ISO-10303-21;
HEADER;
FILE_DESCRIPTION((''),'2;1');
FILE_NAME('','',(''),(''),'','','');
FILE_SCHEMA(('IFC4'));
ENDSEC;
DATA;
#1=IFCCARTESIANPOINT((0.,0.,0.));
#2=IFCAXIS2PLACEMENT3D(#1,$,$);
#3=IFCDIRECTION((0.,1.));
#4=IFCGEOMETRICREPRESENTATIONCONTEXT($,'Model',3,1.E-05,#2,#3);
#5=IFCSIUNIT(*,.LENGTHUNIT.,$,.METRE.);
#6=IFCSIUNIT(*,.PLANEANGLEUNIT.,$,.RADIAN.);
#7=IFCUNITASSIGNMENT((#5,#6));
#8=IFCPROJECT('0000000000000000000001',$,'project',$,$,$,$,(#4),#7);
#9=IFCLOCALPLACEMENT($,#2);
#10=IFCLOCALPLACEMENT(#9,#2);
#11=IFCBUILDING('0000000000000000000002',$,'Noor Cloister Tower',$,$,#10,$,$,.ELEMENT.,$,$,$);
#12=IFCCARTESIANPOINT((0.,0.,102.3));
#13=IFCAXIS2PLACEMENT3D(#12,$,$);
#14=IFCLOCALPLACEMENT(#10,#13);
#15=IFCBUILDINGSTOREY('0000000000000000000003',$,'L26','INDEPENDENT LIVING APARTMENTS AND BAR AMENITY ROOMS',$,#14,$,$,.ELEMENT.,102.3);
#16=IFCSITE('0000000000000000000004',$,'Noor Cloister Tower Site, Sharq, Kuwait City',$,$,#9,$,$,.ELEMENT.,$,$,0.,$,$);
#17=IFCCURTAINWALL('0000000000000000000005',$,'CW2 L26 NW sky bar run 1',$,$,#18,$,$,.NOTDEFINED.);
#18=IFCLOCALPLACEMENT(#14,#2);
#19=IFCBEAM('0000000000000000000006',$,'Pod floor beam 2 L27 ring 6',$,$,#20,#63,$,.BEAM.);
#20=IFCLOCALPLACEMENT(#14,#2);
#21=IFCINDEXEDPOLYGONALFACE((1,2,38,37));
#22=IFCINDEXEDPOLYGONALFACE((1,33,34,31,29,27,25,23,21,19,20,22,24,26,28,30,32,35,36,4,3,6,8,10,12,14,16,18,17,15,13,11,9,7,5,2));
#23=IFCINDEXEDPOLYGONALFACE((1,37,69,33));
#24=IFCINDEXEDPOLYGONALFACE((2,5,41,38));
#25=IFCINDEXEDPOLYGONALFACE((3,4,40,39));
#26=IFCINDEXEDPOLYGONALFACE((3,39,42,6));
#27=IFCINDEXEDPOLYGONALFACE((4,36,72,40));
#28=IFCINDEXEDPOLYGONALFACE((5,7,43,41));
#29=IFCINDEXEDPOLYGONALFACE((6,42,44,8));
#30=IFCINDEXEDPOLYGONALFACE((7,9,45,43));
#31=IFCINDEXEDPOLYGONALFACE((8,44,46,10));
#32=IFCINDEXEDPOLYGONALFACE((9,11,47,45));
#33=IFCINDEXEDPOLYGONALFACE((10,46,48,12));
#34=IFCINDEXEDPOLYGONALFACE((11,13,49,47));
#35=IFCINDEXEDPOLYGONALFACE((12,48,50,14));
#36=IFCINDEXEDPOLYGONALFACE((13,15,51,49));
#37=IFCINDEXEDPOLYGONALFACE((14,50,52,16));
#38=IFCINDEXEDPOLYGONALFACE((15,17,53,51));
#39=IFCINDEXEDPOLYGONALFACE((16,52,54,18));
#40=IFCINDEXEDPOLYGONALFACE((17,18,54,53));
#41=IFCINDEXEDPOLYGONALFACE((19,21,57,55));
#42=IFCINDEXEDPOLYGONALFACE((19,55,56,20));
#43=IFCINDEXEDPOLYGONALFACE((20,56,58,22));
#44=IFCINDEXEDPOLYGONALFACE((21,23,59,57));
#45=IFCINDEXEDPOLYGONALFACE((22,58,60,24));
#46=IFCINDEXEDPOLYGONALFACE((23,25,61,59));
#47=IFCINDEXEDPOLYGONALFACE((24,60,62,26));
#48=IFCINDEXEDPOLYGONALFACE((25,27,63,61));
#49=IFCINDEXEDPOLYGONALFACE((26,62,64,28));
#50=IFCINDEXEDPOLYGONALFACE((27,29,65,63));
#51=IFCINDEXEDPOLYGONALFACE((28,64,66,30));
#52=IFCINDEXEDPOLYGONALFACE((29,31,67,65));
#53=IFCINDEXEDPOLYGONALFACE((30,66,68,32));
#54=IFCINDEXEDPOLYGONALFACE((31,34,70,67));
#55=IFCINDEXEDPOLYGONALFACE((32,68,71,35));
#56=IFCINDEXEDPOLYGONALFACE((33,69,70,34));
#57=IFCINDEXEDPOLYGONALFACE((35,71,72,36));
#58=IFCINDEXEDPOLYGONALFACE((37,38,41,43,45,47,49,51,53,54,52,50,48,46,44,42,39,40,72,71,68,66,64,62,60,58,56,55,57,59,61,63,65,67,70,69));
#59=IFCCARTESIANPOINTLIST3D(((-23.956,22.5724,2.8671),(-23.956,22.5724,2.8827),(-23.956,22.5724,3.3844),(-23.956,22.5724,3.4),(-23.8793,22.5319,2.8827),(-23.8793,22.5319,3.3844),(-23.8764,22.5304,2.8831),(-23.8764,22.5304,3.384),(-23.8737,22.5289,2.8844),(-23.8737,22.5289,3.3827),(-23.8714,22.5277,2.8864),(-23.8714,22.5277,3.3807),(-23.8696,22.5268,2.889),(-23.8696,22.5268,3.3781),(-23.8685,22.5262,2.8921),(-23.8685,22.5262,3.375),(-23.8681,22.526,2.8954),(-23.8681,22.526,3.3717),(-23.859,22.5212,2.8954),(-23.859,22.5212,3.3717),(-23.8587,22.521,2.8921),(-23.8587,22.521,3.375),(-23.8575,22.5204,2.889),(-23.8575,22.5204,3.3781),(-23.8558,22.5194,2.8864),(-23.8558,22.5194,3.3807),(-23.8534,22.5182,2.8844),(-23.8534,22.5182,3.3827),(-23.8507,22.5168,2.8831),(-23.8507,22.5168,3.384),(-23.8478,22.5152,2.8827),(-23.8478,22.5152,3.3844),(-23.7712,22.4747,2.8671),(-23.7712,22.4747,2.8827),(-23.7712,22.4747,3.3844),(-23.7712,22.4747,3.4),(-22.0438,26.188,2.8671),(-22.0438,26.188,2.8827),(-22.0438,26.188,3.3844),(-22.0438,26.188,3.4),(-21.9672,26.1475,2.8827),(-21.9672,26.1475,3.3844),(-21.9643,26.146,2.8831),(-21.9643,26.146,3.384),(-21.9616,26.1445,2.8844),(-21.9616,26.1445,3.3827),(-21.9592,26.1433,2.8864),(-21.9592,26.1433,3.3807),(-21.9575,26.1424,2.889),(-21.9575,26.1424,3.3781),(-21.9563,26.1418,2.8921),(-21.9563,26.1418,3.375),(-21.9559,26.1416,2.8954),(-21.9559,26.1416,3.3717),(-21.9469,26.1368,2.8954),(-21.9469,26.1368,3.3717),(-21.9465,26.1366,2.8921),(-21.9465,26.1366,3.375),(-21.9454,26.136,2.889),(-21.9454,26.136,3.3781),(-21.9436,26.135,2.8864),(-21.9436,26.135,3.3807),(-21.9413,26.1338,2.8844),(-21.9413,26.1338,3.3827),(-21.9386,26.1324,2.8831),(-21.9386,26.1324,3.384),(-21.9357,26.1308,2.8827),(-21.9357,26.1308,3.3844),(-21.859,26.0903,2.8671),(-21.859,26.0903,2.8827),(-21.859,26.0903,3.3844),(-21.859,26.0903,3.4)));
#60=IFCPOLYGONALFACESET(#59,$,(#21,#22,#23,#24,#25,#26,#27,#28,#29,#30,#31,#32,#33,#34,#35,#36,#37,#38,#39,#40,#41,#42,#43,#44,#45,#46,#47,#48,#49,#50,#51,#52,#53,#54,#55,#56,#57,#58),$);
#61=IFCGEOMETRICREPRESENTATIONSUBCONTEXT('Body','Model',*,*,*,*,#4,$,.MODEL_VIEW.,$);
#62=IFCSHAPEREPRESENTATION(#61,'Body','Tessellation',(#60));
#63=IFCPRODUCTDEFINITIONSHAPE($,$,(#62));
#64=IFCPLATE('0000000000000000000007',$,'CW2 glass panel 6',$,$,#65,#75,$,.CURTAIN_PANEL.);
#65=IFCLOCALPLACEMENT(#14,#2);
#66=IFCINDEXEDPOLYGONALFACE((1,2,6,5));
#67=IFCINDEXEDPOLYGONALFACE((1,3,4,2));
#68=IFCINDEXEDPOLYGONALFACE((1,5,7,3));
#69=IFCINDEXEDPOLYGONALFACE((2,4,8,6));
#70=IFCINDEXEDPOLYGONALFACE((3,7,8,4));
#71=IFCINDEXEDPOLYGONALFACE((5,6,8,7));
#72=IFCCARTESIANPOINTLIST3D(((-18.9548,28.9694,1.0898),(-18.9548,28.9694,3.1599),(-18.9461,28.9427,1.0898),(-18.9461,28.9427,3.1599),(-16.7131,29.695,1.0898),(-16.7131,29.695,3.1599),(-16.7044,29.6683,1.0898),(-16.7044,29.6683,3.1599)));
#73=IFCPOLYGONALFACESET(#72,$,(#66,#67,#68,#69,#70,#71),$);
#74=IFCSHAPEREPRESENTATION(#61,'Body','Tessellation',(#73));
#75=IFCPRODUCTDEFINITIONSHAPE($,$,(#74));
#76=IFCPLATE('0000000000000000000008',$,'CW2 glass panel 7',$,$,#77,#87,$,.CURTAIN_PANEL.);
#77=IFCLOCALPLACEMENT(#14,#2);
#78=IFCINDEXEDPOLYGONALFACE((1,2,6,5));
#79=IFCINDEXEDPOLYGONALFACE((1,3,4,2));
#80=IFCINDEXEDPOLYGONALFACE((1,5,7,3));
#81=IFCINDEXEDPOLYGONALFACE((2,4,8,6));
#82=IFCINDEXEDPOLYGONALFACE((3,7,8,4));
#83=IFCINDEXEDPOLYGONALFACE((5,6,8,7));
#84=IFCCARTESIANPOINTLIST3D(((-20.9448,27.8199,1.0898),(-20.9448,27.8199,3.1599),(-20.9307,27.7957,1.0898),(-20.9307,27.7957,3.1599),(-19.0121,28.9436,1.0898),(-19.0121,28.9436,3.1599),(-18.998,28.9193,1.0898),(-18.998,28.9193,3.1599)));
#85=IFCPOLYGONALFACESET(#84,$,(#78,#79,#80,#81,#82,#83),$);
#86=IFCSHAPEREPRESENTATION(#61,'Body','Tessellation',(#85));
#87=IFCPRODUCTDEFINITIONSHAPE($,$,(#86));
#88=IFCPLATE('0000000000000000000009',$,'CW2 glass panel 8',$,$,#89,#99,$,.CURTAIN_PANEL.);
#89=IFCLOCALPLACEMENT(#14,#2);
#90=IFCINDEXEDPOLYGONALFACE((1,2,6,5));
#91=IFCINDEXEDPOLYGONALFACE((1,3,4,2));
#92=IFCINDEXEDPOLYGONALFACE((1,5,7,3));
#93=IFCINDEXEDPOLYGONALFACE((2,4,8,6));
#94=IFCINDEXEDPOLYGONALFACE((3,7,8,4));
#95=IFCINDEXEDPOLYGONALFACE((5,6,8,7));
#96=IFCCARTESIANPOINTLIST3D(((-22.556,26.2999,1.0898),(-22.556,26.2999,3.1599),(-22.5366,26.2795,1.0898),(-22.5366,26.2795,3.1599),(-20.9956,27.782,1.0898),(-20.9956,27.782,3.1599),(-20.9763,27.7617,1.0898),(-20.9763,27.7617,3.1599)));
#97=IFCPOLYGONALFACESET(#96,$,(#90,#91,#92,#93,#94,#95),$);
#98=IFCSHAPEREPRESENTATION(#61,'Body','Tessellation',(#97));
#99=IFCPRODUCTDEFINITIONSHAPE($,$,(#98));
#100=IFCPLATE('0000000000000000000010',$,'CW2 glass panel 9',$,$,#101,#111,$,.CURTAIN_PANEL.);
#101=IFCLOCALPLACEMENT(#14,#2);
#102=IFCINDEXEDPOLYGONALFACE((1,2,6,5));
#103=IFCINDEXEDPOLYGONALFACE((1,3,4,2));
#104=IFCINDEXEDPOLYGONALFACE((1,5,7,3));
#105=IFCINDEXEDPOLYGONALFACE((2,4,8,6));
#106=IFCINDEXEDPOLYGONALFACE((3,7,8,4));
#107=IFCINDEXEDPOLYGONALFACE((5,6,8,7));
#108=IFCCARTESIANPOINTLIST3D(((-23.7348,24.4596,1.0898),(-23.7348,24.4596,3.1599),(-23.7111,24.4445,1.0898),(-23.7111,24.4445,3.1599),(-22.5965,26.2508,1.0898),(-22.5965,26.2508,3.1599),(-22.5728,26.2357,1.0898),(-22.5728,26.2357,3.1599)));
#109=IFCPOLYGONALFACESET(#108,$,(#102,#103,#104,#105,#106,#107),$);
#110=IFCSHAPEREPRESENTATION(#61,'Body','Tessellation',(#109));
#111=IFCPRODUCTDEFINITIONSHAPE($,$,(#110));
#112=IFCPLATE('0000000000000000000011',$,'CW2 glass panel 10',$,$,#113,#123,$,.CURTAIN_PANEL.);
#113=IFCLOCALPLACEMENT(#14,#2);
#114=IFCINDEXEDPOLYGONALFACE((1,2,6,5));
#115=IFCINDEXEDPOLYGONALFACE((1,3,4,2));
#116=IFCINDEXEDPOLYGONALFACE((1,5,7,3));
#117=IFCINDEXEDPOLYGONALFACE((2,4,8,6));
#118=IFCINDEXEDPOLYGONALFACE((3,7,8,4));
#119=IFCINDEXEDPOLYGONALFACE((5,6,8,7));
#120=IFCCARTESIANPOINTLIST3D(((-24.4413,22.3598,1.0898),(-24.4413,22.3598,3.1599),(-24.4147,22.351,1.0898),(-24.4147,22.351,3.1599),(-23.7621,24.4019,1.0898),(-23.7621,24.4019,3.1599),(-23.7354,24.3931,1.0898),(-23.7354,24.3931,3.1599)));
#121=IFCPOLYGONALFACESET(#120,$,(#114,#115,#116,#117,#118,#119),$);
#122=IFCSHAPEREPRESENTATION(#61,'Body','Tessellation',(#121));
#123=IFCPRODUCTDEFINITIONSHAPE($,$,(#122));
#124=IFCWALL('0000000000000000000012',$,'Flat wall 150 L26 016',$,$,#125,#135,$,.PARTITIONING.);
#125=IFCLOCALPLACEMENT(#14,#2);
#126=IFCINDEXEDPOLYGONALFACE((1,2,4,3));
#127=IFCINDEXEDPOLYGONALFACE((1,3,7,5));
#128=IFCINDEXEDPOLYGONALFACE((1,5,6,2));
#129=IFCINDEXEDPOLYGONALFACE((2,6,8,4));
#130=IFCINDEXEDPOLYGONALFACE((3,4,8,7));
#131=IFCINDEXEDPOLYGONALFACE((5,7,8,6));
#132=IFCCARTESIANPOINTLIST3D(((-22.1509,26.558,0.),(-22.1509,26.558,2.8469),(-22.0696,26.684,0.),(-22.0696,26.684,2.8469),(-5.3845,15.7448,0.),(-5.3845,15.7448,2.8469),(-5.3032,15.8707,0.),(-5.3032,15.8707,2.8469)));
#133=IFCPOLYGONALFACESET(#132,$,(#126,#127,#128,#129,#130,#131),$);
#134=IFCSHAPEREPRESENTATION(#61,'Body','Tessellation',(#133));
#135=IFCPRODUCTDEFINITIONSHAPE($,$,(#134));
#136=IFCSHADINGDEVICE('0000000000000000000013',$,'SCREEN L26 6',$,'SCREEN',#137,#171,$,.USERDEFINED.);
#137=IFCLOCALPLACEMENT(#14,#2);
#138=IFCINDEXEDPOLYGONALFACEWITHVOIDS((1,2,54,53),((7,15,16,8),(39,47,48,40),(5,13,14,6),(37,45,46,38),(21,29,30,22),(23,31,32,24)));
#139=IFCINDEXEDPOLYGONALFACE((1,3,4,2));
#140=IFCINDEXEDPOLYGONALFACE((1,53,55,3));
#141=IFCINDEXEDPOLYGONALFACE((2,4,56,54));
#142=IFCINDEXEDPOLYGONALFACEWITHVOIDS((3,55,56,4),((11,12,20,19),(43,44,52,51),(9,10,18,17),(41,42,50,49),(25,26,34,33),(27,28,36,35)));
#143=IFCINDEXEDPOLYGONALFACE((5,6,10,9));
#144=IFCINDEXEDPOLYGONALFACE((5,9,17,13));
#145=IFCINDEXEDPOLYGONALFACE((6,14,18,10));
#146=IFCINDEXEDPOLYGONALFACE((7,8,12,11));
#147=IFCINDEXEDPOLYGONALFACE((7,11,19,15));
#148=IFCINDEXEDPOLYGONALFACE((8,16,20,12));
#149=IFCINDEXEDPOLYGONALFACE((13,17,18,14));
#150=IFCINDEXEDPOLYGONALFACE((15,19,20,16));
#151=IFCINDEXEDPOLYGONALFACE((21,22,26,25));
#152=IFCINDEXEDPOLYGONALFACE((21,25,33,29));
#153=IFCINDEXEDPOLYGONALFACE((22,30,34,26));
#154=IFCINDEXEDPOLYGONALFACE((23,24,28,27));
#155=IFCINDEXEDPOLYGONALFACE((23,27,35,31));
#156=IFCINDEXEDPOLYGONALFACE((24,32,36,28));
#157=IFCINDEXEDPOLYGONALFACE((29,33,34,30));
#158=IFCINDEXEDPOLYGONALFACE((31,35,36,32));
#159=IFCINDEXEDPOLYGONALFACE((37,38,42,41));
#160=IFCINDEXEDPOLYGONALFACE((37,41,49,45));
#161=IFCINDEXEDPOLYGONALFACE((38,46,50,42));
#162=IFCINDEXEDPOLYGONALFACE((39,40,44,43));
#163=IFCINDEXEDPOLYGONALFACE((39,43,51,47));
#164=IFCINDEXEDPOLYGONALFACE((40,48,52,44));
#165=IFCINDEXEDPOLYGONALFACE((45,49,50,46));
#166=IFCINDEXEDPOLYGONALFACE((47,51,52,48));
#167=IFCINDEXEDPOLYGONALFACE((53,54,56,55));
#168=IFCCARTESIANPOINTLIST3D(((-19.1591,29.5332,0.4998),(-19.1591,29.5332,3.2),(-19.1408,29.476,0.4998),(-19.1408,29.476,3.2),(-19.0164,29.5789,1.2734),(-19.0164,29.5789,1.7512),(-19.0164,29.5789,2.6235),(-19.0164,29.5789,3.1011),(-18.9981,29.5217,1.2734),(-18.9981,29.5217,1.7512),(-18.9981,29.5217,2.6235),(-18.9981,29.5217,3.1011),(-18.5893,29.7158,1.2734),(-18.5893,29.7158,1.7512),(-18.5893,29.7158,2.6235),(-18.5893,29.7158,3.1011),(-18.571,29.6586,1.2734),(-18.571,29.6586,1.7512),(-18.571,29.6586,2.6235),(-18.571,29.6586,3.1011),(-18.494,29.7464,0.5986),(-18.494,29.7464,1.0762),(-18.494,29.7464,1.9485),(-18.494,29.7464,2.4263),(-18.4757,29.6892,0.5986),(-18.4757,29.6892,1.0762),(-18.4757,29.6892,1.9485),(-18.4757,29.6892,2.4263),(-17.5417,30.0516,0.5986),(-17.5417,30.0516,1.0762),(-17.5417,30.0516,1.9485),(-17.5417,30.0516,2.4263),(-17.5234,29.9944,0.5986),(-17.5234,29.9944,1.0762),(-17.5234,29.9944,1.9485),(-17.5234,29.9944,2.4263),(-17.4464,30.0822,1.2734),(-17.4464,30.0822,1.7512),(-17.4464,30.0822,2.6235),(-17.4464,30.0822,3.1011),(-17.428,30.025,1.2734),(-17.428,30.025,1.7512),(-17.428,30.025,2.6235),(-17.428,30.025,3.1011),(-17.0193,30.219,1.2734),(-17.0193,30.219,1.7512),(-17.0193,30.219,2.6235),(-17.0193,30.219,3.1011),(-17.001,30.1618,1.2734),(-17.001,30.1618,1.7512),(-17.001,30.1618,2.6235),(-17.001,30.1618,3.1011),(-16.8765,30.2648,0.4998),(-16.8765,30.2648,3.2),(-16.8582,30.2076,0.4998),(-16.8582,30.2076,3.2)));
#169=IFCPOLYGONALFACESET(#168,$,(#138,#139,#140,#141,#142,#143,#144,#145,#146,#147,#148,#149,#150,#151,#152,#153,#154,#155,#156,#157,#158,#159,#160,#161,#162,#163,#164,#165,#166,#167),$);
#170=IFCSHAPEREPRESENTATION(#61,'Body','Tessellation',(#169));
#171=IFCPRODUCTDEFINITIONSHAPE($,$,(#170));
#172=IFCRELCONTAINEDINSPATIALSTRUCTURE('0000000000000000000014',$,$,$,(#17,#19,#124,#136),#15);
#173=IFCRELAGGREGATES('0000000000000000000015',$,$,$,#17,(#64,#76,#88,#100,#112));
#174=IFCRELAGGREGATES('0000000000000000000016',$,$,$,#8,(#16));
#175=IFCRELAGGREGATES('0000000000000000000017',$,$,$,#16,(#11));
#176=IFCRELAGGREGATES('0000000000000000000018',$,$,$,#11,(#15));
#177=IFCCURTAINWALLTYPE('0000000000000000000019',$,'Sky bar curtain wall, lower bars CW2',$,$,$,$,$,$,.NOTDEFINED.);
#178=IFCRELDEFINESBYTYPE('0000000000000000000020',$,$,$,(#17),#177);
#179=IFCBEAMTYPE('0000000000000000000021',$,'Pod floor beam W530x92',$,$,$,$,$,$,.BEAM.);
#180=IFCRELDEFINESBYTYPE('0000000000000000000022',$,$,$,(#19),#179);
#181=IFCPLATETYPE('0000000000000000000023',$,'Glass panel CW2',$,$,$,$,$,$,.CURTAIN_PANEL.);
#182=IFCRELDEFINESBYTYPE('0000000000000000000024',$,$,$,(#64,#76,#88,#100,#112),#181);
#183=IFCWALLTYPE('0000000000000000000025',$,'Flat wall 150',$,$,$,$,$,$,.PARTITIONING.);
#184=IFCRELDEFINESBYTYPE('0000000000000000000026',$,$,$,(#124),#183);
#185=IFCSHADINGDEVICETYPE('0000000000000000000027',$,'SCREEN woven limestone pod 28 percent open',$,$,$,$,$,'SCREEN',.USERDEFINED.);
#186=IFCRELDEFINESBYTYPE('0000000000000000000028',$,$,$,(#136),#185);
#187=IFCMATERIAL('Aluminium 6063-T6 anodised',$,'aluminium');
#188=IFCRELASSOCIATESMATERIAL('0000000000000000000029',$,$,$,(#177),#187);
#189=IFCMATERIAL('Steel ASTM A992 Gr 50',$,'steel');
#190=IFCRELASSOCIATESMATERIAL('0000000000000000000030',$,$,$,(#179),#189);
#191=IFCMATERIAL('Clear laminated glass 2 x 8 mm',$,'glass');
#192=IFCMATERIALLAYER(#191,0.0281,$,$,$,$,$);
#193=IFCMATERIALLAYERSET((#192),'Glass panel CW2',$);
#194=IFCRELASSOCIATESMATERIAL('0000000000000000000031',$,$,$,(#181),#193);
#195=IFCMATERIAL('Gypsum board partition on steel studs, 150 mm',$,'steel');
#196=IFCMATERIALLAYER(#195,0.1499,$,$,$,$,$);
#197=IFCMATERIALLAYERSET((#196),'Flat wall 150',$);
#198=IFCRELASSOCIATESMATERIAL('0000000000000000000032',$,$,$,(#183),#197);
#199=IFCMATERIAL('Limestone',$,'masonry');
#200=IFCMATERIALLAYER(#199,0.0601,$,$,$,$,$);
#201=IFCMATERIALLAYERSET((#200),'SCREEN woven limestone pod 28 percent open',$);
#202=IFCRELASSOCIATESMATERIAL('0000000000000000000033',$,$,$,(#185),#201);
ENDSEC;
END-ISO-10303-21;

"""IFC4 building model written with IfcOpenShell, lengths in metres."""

from ifc_helpers import new_model, si_unit, direction, frame, frame_2d, origin, origin_2d, place, context, subcontext, project, spatial, polyline, rectangle, i_section, outline, extrude, material, layer, layer_set, material_profile, profile_set, type_object, element, aggregate, save


model = new_model("IFC4")

# Units and contexts
model_context = context("Model", 3, precision=1e-05, world=origin(), true_north=direction((0.0, 1.0)))
body_context = subcontext(model_context, "Body", "Model", "MODEL_VIEW")
ifc_project = project(units=[si_unit("LENGTHUNIT", "METRE"), si_unit("PLANEANGLEUNIT", "RADIAN")], contexts=[model_context])

# Site, building, storey
site_placement = place(None, origin())
site = spatial("IfcSite", under=ifc_project, at=site_placement, Name="Noor Cloister Tower Site, Sharq, Kuwait City", CompositionType="ELEMENT", RefElevation=0.0)
building_placement = place(site_placement, origin())
building = spatial("IfcBuilding", under=site, at=building_placement, Name="Noor Cloister Tower", CompositionType="ELEMENT")
storey_placement = place(building_placement, frame((0.0, 0.0, 102.3)))
storey = spatial("IfcBuildingStorey", under=building, at=storey_placement, Name="L26", Description="INDEPENDENT LIVING APARTMENTS AND BAR AMENITY ROOMS", CompositionType="ELEMENT", Elevation=102.3)

# Curtain wall
ifc_material_1 = material(Name="Aluminium 6063-T6 anodised", Category="aluminium")
curtain_wall_type = type_object("IfcCurtainWallType", Name="Sky bar curtain wall, lower bars CW2", PredefinedType="NOTDEFINED", material=ifc_material_1)
curtain_wall_placement = place(storey_placement, origin())
curtain_wall = element("IfcCurtainWall", 1, at=curtain_wall_placement, inside=storey, type_object=curtain_wall_type, Name="CW2 L26 NW sky bar run 1", PredefinedType="NOTDEFINED")

# Beam
ifc_material_2 = material(Name="Steel ASTM A992 Gr 50", Category="steel")
ifc_material_profile_1 = material_profile(ifc_material_2, i_section(OverallWidth=0.209, OverallDepth=0.533, WebThickness=0.0103, FlangeThickness=0.0156, FilletRadius=0.0127, at=origin_2d()), Name="W530x92")
ifc_profile_set_1 = profile_set([ifc_material_profile_1], Name="Steel ASTM A992 Gr 50")
beam_type = type_object("IfcBeamType", Name="Pod floor beam W530x92", PredefinedType="BEAM", material=ifc_profile_set_1)
beam_1_placement = place(storey_placement, frame((-21.9514, 26.1392, 3.1335), z_axis=(-0.467512, -0.883987, 0.0), x_axis=(0.883987, -0.467512, 0.0)))
element("IfcBeam", 2, at=beam_1_placement, inside=storey, type_object=beam_type, Name="Pod floor beam 2 L27 ring 6", PredefinedType="BEAM", context=body_context, shape_type="SweptSolid", body=[
    extrude(i_section(OverallWidth=0.209, OverallDepth=0.533, WebThickness=0.0103, FlangeThickness=0.0156, FilletRadius=0.0127, at=origin_2d()), origin(), (0.0, 0.0, 1.0), 4.0901),
])

# Plates
ifc_material_3 = material(Name="Clear laminated glass 2 x 8 mm", Category="glass")
ifc_layer_1 = layer(ifc_material_3, 0.0281)
ifc_layer_set_1 = layer_set([ifc_layer_1], Name="Glass panel CW2")
plate_type = type_object("IfcPlateType", Name="Glass panel CW2", PredefinedType="CURTAIN_PANEL", material=ifc_layer_set_1)
plate_1_placement = place(storey_placement, frame((-17.8296, 29.3188, 1.0898), z_axis=(0.0, 0.0, 1.0), x_axis=(-0.951406, -0.307939, 0.0)))
plate_1 = element("IfcPlate", 3, at=plate_1_placement, type_object=plate_type, Name="CW2 glass panel 6", PredefinedType="CURTAIN_PANEL", context=body_context, shape_type="SweptSolid", body=[
    extrude(rectangle(XDim=2.3562, YDim=0.0281, at=origin_2d()), origin(), (0.0, 0.0, 1.0), 2.0701),
])
plate_2_placement = place(storey_placement, frame((-19.9714, 28.3696, 1.0898), z_axis=(0.0, 0.0, 1.0), x_axis=(-0.864505, -0.502624, 0.0)))
plate_2 = element("IfcPlate", 4, at=plate_2_placement, type_object=plate_type, Name="CW2 glass panel 7", PredefinedType="CURTAIN_PANEL", context=body_context, shape_type="SweptSolid", body=[
    extrude(rectangle(XDim=2.2356, YDim=0.0281, at=origin_2d()), origin(), (0.0, 0.0, 1.0), 2.0701),
])
plate_3_placement = place(storey_placement, frame((-21.7661, 27.0308, 1.0898), z_axis=(0.0, 0.0, 1.0), x_axis=(-0.725048, -0.688698, 0.0)))
plate_3 = element("IfcPlate", 5, at=plate_3_placement, type_object=plate_type, Name="CW2 glass panel 8", PredefinedType="CURTAIN_PANEL", context=body_context, shape_type="SweptSolid", body=[
    extrude(rectangle(XDim=2.1521, YDim=0.0281, at=origin_2d()), origin(), (0.0, 0.0, 1.0), 2.0701),
])
plate_4_placement = place(storey_placement, frame((-23.1538, 25.3477, 1.0898), z_axis=(0.0, 0.0, 1.0), x_axis=(-0.53635, -0.843995, 0.0)))
plate_4 = element("IfcPlate", 6, at=plate_4_placement, type_object=plate_type, Name="CW2 glass panel 9", PredefinedType="CURTAIN_PANEL", context=body_context, shape_type="SweptSolid", body=[
    extrude(rectangle(XDim=2.1223, YDim=0.0281, at=origin_2d()), origin(), (0.0, 0.0, 1.0), 2.0701),
])
plate_5_placement = place(storey_placement, frame((-24.0884, 23.3765, 1.0898), z_axis=(0.0, 0.0, 1.0), x_axis=(-0.31562, -0.948886, 0.0)))
plate_5 = element("IfcPlate", 7, at=plate_5_placement, type_object=plate_type, Name="CW2 glass panel 10", PredefinedType="CURTAIN_PANEL", context=body_context, shape_type="SweptSolid", body=[
    extrude(rectangle(XDim=2.1521, YDim=0.0281, at=origin_2d()), origin(), (0.0, 0.0, 1.0), 2.0701),
])
aggregate(curtain_wall, [plate_1, plate_2, plate_3, plate_4, plate_5])

# Wall
ifc_material_4 = material(Name="Gypsum board partition on steel studs, 150 mm", Category="steel")
ifc_layer_2 = layer(ifc_material_4, 0.1499)
ifc_layer_set_2 = layer_set([ifc_layer_2], Name="Flat wall 150")
wall_type = type_object("IfcWallType", Name="Flat wall 150", PredefinedType="PARTITIONING", material=ifc_layer_set_2)
wall_placement = place(storey_placement, frame((-22.1104, 26.6211, 0.0), z_axis=(0.0, 0.0, 1.0), x_axis=(0.840383, -0.541993, 0.0)))
element("IfcWall", 8, at=wall_placement, inside=storey, type_object=wall_type, Name="Flat wall 150 L26 016", PredefinedType="PARTITIONING", context=body_context, shape_type="SweptSolid", body=[
    extrude(rectangle(XDim=19.9509, YDim=0.1499, at=frame_2d((9.9756, 0.0))), origin(), (0.0, 0.0, 1.0), 2.8469),
])

# Shading device
ifc_material_5 = material(Name="Limestone", Category="masonry")
ifc_layer_3 = layer(ifc_material_5, 0.0601)
ifc_layer_set_3 = layer_set([ifc_layer_3], Name="SCREEN woven limestone pod 28 percent open")
shading_device_type = type_object("IfcShadingDeviceType", Name="SCREEN woven limestone pod 28 percent open", ElementType="SCREEN", PredefinedType="USERDEFINED", material=ifc_layer_set_3)
shading_device_1_placement = place(storey_placement, frame((-17.9995, 29.8418, 1.8499), z_axis=(-0.305219, 0.952282, 0.0), x_axis=(-0.952282, -0.305219, 0.0)))
element("IfcShadingDevice", 9, at=shading_device_1_placement, inside=storey, type_object=shading_device_type, Name="SCREEN L26 6", ObjectType="SCREEN", PredefinedType="USERDEFINED", context=body_context, shape_type="SweptSolid", body=[
    extrude(outline(polyline([(-1.1985, -1.3501), (1.1985, -1.3501), (1.1985, 1.3501), (-1.1985, 1.3501), (-1.1985, -1.3501)]), holes=[polyline([(-0.5, -1.2512), (0.5, -1.2512), (0.5, -0.7737), (-0.5, -0.7737), (-0.5, -1.2512)]), polyline([(0.6001, -0.5764), (1.0486, -0.5764), (1.0486, -0.0986), (0.6001, -0.0986), (0.6001, -0.5764)]), polyline([(-1.0486, -0.5764), (-0.6001, -0.5764), (-0.6001, -0.0986), (-1.0486, -0.0986), (-1.0486, -0.5764)]), polyline([(-0.5, 0.0986), (0.5, 0.0986), (0.5, 0.5764), (-0.5, 0.5764), (-0.5, 0.0986)]), polyline([(0.6001, 0.7737), (1.0486, 0.7737), (1.0486, 1.2512), (0.6001, 1.2512), (0.6001, 0.7737)]), polyline([(-1.0486, 0.7737), (-0.6001, 0.7737), (-0.6001, 1.2512), (-1.0486, 1.2512), (-1.0486, 0.7737)])]), origin(), (0.0, 0.0, 1.0), 0.0601),
])

save(model, "model.ifc")
